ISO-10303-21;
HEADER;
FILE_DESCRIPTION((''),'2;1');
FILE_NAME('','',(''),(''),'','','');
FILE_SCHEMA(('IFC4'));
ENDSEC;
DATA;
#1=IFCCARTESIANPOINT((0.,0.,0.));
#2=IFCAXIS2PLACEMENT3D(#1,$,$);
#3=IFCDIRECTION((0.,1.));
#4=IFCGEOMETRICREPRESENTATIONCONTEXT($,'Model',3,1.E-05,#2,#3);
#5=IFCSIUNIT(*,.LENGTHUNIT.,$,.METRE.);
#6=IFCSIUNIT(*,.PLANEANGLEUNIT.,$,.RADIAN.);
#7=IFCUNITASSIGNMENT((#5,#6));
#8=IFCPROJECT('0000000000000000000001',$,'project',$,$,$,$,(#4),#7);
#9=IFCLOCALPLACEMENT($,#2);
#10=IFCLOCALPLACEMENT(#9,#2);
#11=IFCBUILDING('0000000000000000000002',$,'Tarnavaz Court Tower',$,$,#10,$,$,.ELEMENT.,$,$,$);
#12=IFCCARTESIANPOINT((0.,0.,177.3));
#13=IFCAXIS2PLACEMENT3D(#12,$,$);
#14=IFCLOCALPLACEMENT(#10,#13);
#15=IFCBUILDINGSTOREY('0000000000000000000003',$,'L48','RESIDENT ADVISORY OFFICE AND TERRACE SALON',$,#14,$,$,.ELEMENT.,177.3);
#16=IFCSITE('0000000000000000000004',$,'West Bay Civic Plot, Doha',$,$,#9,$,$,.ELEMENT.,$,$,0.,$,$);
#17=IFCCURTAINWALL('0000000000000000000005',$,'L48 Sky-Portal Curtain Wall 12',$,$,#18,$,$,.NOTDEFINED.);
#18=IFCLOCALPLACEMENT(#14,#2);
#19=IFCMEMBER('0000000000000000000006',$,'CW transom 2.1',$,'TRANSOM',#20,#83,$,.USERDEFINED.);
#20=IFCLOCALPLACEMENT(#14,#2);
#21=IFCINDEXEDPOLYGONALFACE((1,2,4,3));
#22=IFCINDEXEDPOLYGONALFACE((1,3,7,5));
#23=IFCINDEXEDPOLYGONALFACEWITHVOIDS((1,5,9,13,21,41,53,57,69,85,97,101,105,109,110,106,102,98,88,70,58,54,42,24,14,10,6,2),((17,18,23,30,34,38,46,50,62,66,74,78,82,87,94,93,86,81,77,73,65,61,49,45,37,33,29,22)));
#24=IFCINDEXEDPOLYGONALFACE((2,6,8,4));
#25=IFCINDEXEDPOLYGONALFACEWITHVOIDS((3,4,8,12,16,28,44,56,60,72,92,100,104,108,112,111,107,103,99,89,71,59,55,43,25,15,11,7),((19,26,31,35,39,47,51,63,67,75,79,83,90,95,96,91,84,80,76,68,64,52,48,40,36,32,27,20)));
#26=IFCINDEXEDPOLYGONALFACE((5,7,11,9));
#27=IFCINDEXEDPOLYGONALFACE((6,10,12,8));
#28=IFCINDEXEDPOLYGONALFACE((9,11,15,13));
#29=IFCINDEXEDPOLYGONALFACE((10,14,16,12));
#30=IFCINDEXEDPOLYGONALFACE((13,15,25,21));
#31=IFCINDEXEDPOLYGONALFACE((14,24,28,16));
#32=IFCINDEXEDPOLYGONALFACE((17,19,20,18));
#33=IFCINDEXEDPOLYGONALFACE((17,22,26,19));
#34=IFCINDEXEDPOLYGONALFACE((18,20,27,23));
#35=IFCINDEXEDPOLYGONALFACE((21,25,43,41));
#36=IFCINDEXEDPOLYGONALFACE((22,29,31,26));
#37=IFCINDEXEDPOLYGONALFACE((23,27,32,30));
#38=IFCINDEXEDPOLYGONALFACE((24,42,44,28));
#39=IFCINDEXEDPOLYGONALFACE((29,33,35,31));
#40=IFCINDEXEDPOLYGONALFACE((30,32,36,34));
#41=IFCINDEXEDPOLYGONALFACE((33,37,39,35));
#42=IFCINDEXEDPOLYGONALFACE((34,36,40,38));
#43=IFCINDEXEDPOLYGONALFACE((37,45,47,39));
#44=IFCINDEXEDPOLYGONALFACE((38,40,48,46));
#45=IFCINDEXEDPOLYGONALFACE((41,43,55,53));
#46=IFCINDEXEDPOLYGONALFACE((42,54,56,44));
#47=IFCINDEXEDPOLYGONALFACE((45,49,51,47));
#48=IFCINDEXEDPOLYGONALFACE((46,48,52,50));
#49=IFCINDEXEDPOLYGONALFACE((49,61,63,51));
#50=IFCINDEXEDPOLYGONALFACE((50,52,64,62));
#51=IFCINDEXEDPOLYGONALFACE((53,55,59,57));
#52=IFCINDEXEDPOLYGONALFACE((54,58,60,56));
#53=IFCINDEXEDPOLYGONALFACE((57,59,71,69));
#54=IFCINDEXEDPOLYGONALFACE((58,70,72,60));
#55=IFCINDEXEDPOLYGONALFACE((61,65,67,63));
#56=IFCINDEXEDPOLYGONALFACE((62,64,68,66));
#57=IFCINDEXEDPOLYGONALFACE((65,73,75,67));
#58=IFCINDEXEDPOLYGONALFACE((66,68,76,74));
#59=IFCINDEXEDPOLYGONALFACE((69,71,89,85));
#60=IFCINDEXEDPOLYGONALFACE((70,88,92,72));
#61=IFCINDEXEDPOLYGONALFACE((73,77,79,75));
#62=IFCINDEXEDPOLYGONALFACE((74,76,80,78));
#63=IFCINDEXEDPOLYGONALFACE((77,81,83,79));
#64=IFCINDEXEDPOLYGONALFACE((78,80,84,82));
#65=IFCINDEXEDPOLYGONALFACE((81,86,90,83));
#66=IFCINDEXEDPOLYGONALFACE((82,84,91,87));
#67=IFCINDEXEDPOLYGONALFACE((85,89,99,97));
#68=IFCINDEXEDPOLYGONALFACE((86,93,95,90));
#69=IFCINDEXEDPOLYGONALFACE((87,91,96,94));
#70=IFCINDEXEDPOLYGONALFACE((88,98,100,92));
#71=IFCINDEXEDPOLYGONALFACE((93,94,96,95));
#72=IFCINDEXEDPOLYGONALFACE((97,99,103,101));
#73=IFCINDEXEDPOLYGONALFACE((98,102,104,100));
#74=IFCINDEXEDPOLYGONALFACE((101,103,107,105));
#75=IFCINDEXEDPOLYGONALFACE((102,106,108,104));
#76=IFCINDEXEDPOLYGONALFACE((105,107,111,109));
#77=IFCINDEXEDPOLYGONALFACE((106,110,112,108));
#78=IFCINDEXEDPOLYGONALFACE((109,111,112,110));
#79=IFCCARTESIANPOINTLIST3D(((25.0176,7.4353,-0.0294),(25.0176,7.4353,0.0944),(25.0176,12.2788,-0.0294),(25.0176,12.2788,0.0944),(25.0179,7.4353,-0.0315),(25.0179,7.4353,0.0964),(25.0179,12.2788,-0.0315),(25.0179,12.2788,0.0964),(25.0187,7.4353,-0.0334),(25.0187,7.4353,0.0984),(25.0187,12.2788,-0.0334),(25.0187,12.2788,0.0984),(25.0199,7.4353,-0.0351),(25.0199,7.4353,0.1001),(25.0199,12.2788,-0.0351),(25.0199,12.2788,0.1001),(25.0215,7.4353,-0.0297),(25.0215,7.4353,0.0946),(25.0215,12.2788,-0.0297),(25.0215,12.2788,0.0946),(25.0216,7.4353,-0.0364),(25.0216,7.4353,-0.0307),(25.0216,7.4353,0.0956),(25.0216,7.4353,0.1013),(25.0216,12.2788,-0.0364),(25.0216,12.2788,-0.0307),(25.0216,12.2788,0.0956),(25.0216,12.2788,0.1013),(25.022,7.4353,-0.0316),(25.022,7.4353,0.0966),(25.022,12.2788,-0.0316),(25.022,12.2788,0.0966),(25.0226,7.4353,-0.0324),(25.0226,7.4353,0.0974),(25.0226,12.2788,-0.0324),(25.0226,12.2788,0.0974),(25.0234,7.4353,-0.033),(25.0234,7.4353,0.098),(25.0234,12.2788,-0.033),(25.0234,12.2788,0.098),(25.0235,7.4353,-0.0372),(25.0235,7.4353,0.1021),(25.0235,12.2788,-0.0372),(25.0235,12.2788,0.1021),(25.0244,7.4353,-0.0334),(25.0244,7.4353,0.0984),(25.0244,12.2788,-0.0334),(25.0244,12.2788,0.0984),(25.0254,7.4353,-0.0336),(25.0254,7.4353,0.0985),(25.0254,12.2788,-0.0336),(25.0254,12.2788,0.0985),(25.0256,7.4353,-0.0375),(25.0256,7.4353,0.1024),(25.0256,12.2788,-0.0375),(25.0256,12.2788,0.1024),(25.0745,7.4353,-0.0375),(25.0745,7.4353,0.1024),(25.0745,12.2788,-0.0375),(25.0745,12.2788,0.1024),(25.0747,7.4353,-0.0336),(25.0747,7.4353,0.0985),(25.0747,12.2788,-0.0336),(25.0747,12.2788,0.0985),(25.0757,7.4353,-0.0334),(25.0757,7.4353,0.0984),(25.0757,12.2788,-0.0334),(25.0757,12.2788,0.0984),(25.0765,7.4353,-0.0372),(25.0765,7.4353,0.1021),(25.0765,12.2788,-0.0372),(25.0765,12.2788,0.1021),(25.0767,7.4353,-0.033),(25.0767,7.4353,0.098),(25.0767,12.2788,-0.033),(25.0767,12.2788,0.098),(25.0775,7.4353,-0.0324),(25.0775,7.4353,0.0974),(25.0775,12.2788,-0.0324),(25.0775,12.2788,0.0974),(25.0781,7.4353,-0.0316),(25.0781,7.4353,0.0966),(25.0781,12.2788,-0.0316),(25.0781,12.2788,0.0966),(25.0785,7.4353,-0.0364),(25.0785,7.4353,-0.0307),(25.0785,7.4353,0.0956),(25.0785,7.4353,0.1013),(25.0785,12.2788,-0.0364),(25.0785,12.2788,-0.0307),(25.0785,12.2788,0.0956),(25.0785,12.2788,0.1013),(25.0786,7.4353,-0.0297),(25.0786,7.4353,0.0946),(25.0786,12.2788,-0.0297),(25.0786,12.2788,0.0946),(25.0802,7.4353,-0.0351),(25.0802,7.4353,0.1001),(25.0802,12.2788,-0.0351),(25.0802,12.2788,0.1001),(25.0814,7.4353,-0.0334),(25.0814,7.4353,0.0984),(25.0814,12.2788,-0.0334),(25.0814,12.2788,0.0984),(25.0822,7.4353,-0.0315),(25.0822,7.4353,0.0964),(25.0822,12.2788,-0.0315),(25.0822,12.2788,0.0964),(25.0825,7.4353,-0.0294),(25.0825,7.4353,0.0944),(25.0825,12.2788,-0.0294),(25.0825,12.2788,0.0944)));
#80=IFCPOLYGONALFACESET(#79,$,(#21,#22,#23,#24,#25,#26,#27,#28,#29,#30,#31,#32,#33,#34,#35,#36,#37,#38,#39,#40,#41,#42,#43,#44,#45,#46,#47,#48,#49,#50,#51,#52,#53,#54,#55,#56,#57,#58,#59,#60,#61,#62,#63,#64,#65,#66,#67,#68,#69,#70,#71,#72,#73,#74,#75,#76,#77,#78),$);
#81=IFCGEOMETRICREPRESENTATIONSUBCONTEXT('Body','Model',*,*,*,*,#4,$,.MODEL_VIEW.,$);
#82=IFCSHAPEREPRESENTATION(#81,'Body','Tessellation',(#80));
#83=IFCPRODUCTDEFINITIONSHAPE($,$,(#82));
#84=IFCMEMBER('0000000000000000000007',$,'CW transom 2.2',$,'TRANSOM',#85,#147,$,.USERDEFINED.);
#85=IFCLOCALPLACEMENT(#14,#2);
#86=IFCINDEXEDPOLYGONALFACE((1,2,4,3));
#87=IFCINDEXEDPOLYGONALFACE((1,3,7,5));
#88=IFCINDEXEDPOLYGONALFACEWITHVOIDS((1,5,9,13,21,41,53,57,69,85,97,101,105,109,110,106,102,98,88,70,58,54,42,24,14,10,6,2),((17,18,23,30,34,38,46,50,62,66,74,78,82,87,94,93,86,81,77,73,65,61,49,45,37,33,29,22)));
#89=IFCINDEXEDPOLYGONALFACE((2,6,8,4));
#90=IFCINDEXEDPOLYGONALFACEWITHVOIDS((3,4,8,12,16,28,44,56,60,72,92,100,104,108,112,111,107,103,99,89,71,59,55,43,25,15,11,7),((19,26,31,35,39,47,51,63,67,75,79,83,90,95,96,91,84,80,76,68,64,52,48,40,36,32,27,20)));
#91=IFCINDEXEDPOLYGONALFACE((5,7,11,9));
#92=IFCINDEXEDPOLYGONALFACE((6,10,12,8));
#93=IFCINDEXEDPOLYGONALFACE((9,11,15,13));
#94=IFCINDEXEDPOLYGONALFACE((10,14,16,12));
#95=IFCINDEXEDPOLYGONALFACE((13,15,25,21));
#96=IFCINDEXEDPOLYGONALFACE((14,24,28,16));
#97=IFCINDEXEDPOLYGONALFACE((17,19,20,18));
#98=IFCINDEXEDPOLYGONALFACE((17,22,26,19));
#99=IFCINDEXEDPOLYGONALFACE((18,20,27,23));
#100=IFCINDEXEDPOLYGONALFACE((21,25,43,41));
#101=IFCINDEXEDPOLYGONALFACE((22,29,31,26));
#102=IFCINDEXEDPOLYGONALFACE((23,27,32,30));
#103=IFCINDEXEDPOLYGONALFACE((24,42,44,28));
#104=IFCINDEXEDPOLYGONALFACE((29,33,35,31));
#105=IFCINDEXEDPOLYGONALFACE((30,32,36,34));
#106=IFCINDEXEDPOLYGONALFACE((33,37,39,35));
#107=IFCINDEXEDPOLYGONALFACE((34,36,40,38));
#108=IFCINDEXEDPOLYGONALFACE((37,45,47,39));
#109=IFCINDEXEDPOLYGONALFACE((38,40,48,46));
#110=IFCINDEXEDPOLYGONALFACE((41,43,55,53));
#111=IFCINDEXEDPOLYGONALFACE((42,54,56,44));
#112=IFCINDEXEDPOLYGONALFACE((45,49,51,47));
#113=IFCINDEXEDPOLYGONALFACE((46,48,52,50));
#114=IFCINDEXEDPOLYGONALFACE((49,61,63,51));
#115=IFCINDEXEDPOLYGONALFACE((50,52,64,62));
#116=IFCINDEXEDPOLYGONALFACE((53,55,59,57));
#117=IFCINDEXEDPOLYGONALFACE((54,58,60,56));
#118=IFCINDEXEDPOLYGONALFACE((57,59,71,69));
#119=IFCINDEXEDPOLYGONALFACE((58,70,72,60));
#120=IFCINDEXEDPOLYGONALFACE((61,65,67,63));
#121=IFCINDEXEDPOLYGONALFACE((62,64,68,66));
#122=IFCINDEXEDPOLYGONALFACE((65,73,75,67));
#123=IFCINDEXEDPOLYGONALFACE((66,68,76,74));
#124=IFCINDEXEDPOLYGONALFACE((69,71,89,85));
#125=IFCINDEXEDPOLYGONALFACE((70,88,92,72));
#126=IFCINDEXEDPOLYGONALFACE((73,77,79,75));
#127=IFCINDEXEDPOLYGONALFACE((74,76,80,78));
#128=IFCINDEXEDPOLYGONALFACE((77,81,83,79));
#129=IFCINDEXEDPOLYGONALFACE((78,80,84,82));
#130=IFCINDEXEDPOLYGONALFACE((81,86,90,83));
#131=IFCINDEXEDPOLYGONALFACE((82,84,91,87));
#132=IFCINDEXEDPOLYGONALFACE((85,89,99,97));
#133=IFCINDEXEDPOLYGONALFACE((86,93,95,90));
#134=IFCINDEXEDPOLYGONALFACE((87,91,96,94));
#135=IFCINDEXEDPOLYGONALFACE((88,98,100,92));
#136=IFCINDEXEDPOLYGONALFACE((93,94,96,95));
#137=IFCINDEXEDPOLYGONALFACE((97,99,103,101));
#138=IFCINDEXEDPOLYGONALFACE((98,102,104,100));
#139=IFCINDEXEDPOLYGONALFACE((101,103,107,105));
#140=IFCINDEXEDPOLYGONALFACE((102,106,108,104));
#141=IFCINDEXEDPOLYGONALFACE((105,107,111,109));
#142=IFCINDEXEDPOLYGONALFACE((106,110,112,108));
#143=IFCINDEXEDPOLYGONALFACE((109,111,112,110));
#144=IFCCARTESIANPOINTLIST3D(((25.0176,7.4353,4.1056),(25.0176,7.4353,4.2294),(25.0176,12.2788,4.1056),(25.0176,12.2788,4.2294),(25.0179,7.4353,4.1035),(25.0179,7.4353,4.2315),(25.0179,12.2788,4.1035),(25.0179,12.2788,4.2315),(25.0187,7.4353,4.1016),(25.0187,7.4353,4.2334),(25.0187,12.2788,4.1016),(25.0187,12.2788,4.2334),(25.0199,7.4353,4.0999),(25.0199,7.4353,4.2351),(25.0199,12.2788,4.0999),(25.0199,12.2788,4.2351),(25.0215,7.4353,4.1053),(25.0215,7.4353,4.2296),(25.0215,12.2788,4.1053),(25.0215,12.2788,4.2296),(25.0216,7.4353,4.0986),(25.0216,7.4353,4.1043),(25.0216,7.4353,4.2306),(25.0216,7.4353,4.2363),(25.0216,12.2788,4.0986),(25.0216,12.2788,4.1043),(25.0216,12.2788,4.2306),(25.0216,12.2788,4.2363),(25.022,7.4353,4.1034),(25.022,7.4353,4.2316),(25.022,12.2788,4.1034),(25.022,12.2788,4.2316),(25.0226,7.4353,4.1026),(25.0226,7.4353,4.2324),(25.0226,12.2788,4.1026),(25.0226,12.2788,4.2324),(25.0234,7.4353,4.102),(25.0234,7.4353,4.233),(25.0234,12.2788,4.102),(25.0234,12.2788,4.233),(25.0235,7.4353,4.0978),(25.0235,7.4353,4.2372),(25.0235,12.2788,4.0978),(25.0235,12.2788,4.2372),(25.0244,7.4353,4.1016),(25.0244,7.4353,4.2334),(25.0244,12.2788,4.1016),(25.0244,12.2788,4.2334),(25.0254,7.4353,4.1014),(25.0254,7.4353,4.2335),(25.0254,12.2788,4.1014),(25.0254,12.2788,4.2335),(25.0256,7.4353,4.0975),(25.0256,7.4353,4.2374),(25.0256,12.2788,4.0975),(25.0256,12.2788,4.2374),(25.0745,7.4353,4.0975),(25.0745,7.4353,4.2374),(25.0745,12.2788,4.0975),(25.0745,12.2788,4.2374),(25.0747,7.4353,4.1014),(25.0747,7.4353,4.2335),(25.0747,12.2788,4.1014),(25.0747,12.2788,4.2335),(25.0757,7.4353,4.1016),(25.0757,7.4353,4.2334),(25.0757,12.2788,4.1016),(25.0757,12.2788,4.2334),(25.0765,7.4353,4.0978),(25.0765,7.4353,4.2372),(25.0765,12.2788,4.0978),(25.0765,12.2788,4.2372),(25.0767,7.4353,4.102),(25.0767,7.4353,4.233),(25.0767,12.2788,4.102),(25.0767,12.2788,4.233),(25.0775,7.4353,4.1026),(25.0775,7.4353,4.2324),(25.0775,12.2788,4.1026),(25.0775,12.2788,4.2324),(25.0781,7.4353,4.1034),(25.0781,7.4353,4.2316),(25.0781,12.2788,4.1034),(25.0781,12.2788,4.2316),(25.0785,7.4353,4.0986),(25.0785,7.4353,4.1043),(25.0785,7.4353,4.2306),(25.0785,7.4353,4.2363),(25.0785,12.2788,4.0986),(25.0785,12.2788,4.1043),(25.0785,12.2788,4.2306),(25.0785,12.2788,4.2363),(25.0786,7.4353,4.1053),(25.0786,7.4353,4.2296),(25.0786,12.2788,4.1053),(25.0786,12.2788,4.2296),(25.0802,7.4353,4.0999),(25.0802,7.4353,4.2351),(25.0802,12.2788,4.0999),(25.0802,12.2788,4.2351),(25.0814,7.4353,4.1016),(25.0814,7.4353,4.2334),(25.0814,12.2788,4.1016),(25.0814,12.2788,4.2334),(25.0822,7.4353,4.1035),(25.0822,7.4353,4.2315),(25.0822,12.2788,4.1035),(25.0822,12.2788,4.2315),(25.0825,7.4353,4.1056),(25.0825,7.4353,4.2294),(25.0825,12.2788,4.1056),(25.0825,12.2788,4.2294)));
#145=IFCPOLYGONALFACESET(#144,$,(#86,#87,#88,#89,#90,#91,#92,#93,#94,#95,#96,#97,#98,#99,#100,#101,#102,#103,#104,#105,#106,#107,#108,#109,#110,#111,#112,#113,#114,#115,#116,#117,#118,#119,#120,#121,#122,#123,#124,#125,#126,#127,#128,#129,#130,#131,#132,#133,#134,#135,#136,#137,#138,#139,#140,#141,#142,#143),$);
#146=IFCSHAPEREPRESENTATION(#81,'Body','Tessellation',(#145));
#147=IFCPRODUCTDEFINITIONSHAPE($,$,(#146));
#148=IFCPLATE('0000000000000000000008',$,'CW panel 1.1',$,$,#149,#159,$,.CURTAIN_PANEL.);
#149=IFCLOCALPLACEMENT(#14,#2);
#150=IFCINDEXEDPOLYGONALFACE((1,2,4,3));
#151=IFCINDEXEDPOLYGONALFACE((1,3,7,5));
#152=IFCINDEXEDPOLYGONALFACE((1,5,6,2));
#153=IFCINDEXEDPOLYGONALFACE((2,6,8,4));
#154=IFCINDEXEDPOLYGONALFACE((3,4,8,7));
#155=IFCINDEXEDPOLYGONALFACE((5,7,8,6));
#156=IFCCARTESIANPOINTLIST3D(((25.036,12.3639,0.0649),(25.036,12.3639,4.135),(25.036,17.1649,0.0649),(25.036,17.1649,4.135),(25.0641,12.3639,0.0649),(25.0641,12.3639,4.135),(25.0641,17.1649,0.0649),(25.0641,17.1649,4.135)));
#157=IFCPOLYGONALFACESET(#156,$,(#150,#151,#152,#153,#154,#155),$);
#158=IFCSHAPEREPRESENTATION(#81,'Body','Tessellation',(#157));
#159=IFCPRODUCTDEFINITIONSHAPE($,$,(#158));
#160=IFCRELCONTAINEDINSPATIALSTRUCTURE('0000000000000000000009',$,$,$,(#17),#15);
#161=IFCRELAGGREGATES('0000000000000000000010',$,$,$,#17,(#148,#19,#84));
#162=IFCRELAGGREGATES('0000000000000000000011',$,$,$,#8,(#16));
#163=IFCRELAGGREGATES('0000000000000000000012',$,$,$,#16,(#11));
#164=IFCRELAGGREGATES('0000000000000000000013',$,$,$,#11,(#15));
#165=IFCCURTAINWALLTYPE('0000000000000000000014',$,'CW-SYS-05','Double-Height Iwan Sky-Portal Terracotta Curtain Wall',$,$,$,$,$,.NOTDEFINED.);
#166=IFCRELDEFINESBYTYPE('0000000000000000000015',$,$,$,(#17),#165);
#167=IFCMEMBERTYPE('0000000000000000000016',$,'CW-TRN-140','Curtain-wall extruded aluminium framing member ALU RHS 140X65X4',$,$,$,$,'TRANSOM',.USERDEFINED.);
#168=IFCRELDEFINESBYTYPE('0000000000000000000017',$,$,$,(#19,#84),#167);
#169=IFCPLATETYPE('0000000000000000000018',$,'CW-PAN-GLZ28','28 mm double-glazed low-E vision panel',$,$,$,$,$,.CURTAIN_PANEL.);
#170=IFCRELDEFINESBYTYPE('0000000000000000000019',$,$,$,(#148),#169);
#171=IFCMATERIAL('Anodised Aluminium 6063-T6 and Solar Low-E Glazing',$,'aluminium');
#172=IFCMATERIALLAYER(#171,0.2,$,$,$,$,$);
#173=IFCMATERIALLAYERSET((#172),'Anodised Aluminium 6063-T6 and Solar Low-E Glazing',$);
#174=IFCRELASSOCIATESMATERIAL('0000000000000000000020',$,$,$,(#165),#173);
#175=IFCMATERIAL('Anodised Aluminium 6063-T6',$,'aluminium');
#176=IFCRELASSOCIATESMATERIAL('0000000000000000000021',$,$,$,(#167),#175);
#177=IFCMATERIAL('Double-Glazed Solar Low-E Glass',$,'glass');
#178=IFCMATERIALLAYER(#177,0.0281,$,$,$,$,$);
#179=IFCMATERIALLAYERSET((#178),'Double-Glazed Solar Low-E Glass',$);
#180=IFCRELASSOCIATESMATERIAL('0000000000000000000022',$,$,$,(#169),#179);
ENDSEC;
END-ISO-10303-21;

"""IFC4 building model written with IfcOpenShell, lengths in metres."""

from ifc_helpers import new_model, si_unit, direction, frame, origin, origin_2d, place, context, subcontext, project, spatial, rectangle, hollow_rectangle, extrude, material, layer, layer_set, material_profile, profile_set, type_object, element, aggregate, save


model = new_model("IFC4")

# Units and contexts
model_context = context("Model", 3, precision=1e-05, world=origin(), true_north=direction((0.0, 1.0)))
body_context = subcontext(model_context, "Body", "Model", "MODEL_VIEW")
ifc_project = project(units=[si_unit("LENGTHUNIT", "METRE"), si_unit("PLANEANGLEUNIT", "RADIAN")], contexts=[model_context])

# Site, building, storey
site_placement = place(None, origin())
site = spatial("IfcSite", under=ifc_project, at=site_placement, Name="West Bay Civic Plot, Doha", CompositionType="ELEMENT", RefElevation=0.0)
building_placement = place(site_placement, origin())
building = spatial("IfcBuilding", under=site, at=building_placement, Name="Tarnavaz Court Tower", CompositionType="ELEMENT")
storey_placement = place(building_placement, frame((0.0, 0.0, 177.3)))
storey = spatial("IfcBuildingStorey", under=building, at=storey_placement, Name="L48", Description="RESIDENT ADVISORY OFFICE AND TERRACE SALON", CompositionType="ELEMENT", Elevation=177.3)

# Curtain wall, members, plate
ifc_material_1 = material(Name="Anodised Aluminium 6063-T6 and Solar Low-E Glazing", Category="aluminium")
ifc_layer_1 = layer(ifc_material_1, 0.2)
ifc_layer_set_1 = layer_set([ifc_layer_1], Name="Anodised Aluminium 6063-T6 and Solar Low-E Glazing")
curtain_wall_type = type_object("IfcCurtainWallType", Name="CW-SYS-05", Description="Double-Height Iwan Sky-Portal Terracotta Curtain Wall", PredefinedType="NOTDEFINED", material=ifc_layer_set_1)
curtain_wall_placement = place(storey_placement, origin())
curtain_wall = element("IfcCurtainWall", 1, at=curtain_wall_placement, inside=storey, type_object=curtain_wall_type, Name="L48 Sky-Portal Curtain Wall 12", PredefinedType="NOTDEFINED")
ifc_material_2 = material(Name="Anodised Aluminium 6063-T6", Category="aluminium")
ifc_material_profile_1 = material_profile(ifc_material_2, hollow_rectangle(XDim=0.0649, YDim=0.1399, WallThickness=0.0039, InnerFilletRadius=0.0039, OuterFilletRadius=0.0081, at=origin_2d()), Name="ALU RHS 140X65X4")
ifc_profile_set_1 = profile_set([ifc_material_profile_1], Name="Anodised Aluminium 6063-T6")
member_type_1 = type_object("IfcMemberType", Name="CW-TRN-140", Description="Curtain-wall extruded aluminium framing member ALU RHS 140X65X4", ElementType="TRANSOM", PredefinedType="USERDEFINED", material=ifc_profile_set_1)
member_1_placement = place(storey_placement, frame((25.05, 12.2788, 0.0325), z_axis=(0.0, -1.0, 0.0), x_axis=(1.0, 0.0, 0.0)))
member_1 = element("IfcMember", 2, at=member_1_placement, type_object=member_type_1, Name="CW transom 2.1", ObjectType="TRANSOM", PredefinedType="USERDEFINED", context=body_context, shape_type="SweptSolid", body=[
    extrude(hollow_rectangle(XDim=0.0649, YDim=0.1399, WallThickness=0.0039, InnerFilletRadius=0.0039, OuterFilletRadius=0.0081, at=origin_2d()), origin(), (0.0, 0.0, 1.0), 4.8435),
])
member_2_placement = place(storey_placement, frame((25.05, 12.2788, 4.1675), z_axis=(0.0, -1.0, 0.0), x_axis=(1.0, 0.0, 0.0)))
member_2 = element("IfcMember", 3, at=member_2_placement, type_object=member_type_1, Name="CW transom 2.2", ObjectType="TRANSOM", PredefinedType="USERDEFINED", context=body_context, shape_type="SweptSolid", body=[
    extrude(hollow_rectangle(XDim=0.0649, YDim=0.1399, WallThickness=0.0039, InnerFilletRadius=0.0039, OuterFilletRadius=0.0081, at=origin_2d()), origin(), (0.0, 0.0, 1.0), 4.8435),
])
ifc_material_3 = material(Name="Double-Glazed Solar Low-E Glass", Category="glass")
ifc_layer_2 = layer(ifc_material_3, 0.0281)
ifc_layer_set_2 = layer_set([ifc_layer_2], Name="Double-Glazed Solar Low-E Glass")
plate_type = type_object("IfcPlateType", Name="CW-PAN-GLZ28", Description="28 mm double-glazed low-E vision panel", PredefinedType="CURTAIN_PANEL", material=ifc_layer_set_2)
plate_placement = place(storey_placement, frame((25.05, 14.7644, 0.0649), z_axis=(0.0, 0.0, 1.0), x_axis=(0.0, -1.0, 0.0)))
plate = element("IfcPlate", 4, at=plate_placement, type_object=plate_type, Name="CW panel 1.1", PredefinedType="CURTAIN_PANEL", context=body_context, shape_type="SweptSolid", body=[
    extrude(rectangle(XDim=4.801, YDim=0.0281, at=origin_2d()), origin(), (0.0, 0.0, 1.0), 4.0701),
])
aggregate(curtain_wall, [plate, member_1, member_2])

save(model, "model.ifc")
